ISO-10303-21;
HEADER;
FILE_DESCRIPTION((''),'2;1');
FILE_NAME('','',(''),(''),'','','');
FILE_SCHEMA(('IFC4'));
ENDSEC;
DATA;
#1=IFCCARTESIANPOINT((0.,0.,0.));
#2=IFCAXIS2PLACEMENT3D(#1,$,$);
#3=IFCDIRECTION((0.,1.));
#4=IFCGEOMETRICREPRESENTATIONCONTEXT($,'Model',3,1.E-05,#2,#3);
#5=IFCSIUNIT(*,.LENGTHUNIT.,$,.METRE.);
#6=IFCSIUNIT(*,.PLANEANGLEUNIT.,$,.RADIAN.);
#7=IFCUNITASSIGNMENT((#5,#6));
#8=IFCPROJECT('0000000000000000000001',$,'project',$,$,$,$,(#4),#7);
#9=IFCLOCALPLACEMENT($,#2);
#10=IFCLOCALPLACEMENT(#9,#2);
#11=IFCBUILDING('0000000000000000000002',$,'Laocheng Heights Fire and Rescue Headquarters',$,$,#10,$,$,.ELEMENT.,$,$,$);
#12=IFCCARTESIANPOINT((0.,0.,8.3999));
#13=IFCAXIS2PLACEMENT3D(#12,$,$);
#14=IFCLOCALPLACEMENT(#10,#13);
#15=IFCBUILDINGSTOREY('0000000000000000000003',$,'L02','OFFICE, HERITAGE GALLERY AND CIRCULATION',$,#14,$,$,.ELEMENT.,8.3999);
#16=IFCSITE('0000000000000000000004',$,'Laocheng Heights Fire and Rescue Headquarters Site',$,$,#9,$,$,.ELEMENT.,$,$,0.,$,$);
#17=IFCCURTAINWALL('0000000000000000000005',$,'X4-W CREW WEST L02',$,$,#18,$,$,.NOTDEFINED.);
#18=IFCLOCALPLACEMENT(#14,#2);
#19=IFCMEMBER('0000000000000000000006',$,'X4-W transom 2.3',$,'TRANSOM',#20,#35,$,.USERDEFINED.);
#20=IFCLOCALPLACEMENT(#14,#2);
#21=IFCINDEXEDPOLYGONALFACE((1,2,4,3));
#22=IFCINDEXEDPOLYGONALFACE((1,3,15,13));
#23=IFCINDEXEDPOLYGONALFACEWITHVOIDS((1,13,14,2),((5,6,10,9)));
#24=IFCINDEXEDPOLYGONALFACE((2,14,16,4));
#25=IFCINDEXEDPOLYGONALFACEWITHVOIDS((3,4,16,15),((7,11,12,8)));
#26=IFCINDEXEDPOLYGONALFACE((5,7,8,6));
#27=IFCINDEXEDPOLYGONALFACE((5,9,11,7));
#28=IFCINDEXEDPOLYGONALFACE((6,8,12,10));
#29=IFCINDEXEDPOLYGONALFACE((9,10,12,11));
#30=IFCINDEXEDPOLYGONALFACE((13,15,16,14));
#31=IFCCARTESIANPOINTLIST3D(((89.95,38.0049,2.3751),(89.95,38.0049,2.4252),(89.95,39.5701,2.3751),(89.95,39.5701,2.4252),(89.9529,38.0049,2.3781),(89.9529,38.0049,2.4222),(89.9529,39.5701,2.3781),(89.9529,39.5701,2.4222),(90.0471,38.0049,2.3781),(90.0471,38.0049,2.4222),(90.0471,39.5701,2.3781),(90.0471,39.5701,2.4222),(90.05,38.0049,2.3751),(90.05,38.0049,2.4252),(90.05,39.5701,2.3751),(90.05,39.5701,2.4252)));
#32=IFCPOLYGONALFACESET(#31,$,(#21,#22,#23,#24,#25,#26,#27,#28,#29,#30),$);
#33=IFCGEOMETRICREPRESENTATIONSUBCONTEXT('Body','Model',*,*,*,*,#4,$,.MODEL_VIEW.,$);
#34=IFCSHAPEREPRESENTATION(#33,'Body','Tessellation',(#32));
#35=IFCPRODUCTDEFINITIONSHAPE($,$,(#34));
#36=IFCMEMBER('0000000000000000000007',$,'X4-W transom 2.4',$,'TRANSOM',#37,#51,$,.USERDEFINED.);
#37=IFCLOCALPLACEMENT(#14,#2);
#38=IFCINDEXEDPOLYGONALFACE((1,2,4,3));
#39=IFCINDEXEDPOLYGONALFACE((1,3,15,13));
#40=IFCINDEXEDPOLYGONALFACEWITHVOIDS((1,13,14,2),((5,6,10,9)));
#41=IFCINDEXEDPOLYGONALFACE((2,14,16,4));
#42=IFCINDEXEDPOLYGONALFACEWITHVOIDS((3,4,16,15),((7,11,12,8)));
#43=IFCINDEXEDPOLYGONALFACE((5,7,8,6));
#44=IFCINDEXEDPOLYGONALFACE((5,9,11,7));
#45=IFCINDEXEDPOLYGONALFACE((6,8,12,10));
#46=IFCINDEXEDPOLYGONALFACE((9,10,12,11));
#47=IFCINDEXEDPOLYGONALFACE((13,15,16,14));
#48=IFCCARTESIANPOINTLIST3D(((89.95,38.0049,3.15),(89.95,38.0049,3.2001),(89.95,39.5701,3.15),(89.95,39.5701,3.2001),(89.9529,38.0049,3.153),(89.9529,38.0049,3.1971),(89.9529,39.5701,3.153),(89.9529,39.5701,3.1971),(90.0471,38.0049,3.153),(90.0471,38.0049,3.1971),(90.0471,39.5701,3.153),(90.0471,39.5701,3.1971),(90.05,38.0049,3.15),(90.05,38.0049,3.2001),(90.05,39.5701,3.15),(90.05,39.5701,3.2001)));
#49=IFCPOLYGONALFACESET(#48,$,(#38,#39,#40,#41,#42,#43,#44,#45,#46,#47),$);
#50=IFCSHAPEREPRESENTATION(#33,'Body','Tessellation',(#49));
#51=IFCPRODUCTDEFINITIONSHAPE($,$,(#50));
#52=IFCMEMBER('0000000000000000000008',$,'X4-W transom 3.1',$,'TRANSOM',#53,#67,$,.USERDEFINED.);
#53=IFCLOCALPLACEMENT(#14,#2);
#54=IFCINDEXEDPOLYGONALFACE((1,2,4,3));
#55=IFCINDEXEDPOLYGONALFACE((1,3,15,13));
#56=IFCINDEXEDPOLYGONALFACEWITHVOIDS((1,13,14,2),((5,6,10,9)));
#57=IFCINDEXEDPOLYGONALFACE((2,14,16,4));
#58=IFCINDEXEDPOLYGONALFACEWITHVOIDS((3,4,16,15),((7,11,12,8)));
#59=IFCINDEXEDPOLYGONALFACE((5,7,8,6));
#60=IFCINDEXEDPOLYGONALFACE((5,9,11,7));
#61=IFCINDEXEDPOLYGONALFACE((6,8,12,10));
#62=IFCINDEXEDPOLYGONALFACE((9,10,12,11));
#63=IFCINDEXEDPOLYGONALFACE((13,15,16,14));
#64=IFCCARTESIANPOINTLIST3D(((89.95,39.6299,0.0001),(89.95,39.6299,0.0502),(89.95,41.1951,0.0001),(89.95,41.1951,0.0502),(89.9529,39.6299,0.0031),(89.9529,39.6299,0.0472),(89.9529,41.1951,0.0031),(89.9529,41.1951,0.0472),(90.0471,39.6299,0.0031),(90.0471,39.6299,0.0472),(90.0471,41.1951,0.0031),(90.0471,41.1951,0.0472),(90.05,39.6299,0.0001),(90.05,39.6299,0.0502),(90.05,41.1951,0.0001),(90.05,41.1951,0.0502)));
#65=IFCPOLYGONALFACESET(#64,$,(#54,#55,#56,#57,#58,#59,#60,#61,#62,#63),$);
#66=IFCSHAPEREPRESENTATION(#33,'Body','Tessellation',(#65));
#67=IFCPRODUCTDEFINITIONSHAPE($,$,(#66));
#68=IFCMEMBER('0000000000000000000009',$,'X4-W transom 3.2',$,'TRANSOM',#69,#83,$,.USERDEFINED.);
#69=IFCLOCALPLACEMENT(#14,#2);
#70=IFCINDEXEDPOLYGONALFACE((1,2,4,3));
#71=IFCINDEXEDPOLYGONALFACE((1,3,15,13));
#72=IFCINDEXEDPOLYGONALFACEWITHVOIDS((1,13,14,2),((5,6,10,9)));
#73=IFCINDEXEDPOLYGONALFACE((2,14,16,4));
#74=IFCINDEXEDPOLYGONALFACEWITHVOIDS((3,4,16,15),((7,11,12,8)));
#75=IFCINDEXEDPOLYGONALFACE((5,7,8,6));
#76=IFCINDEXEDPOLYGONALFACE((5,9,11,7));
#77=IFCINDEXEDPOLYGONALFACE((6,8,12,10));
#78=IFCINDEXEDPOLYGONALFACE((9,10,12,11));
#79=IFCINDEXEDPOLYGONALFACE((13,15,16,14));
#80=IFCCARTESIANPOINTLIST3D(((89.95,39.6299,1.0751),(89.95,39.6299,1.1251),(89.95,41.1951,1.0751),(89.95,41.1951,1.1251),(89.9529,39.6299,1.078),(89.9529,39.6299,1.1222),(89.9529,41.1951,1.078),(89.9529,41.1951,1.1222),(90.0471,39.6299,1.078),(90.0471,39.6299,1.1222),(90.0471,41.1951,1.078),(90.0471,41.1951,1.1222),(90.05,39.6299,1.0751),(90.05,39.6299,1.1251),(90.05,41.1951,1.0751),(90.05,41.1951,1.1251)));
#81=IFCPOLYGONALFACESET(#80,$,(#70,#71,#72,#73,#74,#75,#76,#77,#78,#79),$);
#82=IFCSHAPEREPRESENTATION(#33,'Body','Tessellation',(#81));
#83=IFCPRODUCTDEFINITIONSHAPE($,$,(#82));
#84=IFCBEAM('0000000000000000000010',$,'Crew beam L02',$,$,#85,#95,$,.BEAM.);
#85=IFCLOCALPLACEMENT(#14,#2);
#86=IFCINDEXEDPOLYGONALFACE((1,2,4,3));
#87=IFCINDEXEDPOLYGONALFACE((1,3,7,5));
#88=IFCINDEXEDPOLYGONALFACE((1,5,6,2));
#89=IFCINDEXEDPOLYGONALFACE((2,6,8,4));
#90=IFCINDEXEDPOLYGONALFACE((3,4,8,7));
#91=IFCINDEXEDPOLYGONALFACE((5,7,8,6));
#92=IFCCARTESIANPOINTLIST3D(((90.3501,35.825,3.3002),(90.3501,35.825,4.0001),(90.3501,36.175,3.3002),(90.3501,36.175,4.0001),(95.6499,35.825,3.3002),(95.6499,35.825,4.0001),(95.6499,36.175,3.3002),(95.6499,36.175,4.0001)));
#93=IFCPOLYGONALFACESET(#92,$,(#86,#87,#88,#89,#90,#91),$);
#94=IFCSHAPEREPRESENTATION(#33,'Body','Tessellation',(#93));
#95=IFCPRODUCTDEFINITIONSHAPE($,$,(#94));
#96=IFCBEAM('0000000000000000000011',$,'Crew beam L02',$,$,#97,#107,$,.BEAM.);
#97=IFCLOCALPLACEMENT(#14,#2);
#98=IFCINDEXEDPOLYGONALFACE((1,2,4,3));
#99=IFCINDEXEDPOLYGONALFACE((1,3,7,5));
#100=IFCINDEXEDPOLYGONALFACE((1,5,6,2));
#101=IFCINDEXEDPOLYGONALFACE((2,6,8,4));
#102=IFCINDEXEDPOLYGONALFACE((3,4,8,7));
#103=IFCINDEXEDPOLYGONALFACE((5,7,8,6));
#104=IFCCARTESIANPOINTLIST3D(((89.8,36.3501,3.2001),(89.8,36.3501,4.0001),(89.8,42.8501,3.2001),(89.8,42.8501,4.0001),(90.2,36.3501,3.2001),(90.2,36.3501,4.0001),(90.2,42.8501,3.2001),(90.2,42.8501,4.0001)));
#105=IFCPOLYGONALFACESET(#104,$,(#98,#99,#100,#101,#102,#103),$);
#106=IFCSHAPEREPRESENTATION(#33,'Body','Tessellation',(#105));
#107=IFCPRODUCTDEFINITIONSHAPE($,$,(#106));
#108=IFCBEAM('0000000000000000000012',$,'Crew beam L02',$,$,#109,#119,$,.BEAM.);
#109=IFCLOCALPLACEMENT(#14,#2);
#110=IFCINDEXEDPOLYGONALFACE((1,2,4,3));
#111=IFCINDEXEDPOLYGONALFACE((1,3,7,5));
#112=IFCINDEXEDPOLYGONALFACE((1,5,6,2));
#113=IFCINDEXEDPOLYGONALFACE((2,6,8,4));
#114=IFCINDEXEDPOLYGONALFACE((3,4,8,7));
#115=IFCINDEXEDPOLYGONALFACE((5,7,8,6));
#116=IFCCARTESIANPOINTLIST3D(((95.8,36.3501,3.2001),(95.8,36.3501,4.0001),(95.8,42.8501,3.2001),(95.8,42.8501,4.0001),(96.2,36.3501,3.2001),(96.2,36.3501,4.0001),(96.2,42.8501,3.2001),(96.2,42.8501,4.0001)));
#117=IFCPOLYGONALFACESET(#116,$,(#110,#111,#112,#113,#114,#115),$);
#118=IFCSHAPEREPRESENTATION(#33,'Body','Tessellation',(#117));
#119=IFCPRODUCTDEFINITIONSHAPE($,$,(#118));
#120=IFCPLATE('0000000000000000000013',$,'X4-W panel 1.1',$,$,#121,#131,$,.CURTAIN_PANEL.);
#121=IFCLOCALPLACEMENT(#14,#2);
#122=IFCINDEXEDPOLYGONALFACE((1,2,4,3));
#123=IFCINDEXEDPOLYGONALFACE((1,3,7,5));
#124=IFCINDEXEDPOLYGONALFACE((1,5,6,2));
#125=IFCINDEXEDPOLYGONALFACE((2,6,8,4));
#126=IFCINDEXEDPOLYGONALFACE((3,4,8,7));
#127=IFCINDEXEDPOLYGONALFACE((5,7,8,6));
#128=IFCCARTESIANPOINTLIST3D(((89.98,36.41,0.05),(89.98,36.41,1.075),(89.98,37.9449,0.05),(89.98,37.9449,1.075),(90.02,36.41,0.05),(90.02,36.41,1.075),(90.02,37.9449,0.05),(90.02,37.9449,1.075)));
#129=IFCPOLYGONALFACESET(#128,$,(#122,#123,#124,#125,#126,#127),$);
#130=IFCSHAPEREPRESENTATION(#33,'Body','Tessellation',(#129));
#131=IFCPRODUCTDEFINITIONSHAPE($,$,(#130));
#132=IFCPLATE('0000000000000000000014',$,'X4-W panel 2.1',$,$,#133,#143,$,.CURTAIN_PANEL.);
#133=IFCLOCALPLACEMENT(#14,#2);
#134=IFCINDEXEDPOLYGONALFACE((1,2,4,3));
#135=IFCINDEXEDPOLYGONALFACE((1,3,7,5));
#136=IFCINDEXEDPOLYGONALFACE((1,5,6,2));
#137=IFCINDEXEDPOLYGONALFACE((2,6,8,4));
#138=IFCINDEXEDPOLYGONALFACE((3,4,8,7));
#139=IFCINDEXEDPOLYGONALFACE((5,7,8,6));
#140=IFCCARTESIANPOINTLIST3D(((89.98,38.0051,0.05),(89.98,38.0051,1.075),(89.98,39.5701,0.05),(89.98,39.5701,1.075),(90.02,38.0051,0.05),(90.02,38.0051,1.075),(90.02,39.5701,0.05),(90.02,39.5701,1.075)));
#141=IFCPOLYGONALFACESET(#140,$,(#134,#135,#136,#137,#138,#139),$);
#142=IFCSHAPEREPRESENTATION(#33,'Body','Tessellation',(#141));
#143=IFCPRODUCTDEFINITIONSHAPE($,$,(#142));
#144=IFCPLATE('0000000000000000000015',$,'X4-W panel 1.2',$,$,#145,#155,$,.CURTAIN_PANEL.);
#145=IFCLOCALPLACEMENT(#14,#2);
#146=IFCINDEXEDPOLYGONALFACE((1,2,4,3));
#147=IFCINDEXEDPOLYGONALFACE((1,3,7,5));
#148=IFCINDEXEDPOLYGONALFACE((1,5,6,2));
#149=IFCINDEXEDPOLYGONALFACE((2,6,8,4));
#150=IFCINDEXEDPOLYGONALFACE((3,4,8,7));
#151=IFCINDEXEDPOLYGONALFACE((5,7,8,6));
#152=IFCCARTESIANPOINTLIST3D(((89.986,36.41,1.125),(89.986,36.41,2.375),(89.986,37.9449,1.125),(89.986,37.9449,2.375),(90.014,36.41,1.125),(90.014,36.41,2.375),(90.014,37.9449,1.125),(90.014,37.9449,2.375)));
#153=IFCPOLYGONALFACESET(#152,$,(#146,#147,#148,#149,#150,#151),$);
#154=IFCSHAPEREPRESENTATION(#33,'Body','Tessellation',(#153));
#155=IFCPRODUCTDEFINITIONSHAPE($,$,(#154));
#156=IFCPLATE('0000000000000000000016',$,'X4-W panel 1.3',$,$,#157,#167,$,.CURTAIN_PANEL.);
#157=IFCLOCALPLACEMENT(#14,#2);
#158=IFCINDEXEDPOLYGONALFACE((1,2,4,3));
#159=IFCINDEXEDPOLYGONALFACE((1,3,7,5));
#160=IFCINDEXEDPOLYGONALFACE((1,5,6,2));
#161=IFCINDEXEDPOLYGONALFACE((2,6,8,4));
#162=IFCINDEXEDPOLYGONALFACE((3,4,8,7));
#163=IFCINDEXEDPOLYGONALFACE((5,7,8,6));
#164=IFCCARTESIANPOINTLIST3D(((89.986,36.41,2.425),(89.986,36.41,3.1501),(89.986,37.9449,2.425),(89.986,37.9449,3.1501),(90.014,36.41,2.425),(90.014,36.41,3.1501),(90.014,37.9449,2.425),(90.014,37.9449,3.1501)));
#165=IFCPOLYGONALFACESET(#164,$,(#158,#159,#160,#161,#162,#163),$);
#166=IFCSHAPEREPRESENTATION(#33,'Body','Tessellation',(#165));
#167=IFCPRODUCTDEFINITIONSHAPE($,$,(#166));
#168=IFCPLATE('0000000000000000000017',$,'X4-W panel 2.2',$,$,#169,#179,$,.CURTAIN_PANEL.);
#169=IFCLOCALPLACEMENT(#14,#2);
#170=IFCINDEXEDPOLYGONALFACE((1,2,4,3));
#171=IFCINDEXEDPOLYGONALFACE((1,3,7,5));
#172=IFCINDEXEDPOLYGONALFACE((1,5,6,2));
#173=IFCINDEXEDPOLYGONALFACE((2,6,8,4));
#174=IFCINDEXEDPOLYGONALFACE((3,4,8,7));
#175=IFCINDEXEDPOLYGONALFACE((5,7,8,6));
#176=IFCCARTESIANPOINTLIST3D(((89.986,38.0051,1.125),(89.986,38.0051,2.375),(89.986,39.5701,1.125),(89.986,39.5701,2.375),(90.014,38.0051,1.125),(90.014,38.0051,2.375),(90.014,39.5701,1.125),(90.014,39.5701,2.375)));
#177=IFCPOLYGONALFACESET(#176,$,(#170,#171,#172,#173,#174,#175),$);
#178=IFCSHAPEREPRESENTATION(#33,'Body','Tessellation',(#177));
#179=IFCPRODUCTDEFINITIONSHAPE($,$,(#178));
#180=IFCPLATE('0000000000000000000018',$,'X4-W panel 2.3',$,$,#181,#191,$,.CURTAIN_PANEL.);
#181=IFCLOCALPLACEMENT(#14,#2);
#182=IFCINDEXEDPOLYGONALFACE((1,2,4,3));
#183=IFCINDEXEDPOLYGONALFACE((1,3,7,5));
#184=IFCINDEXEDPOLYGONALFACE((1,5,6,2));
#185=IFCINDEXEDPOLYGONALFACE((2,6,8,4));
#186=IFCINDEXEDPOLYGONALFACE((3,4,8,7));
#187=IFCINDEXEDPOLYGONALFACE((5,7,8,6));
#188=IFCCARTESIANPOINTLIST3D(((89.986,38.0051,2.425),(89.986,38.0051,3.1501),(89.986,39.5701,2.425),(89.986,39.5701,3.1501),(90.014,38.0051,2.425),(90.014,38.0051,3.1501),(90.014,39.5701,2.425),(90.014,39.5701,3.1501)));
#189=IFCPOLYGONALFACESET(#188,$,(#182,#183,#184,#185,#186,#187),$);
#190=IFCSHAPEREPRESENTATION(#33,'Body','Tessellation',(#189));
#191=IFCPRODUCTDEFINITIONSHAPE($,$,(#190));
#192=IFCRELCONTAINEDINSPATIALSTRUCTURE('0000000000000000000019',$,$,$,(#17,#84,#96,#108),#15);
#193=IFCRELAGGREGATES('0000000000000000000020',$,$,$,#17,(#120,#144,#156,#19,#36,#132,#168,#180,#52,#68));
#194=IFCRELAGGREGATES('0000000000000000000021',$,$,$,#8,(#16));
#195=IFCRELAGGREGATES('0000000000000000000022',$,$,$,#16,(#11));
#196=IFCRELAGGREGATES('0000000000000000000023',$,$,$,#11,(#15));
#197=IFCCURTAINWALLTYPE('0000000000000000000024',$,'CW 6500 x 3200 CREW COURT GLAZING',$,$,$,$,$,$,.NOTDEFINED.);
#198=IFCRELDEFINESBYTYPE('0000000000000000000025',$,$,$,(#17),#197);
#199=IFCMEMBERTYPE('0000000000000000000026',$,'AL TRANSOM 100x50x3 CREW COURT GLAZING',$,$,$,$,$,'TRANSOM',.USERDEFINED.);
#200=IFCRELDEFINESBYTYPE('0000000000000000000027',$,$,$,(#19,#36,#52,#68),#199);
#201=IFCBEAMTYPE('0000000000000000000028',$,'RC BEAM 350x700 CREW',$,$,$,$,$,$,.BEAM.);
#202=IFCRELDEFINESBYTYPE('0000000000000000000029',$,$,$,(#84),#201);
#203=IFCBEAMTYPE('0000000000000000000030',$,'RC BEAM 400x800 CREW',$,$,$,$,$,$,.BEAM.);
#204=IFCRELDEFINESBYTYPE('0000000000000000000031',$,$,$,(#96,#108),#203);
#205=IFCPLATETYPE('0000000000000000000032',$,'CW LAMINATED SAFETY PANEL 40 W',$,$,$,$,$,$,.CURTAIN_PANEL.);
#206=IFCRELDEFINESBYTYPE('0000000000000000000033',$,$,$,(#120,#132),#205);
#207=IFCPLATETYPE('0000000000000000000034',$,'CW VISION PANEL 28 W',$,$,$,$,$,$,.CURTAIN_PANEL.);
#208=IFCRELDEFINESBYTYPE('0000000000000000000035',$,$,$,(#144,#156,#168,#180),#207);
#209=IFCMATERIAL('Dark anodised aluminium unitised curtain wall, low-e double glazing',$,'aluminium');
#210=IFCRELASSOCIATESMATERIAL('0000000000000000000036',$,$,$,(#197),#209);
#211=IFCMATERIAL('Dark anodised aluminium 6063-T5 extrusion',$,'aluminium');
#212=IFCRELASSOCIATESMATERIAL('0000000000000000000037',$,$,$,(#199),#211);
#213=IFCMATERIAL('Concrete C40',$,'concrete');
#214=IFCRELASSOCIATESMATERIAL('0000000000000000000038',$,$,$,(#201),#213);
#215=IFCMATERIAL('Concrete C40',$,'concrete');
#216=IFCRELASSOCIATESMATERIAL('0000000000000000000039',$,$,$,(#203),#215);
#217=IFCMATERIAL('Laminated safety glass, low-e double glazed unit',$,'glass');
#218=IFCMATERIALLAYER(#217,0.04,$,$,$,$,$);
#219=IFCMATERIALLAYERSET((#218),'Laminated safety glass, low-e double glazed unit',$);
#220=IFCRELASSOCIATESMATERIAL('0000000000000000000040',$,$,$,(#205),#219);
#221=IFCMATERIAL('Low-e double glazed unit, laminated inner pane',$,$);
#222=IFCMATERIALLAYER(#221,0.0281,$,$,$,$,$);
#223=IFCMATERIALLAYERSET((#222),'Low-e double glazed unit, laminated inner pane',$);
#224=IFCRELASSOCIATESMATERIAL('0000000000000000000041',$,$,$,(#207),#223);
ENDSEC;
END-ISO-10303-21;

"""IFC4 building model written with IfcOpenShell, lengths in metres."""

from ifc_helpers import new_model, si_unit, direction, frame, origin, origin_2d, place, context, subcontext, project, spatial, rectangle, hollow_rectangle, extrude, material, layer, layer_set, material_profile, profile_set, type_object, element, aggregate, save


model = new_model("IFC4")

# Units and contexts
model_context = context("Model", 3, precision=1e-05, world=origin(), true_north=direction((0.0, 1.0)))
body_context = subcontext(model_context, "Body", "Model", "MODEL_VIEW")
ifc_project = project(units=[si_unit("LENGTHUNIT", "METRE"), si_unit("PLANEANGLEUNIT", "RADIAN")], contexts=[model_context])

# Site, building, storey
site_placement = place(None, origin())
site = spatial("IfcSite", under=ifc_project, at=site_placement, Name="Laocheng Heights Fire and Rescue Headquarters Site", CompositionType="ELEMENT", RefElevation=0.0)
building_placement = place(site_placement, origin())
building = spatial("IfcBuilding", under=site, at=building_placement, Name="Laocheng Heights Fire and Rescue Headquarters", CompositionType="ELEMENT")
storey_placement = place(building_placement, frame((0.0, 0.0, 8.3999)))
storey = spatial("IfcBuildingStorey", under=building, at=storey_placement, Name="L02", Description="OFFICE, HERITAGE GALLERY AND CIRCULATION", CompositionType="ELEMENT", Elevation=8.3999)

# Curtain wall, members
ifc_material_1 = material(Name="Dark anodised aluminium unitised curtain wall, low-e double glazing", Category="aluminium")
curtain_wall_type = type_object("IfcCurtainWallType", Name="CW 6500 x 3200 CREW COURT GLAZING", PredefinedType="NOTDEFINED", material=ifc_material_1)
curtain_wall_placement = place(storey_placement, origin())
curtain_wall = element("IfcCurtainWall", 1, at=curtain_wall_placement, inside=storey, type_object=curtain_wall_type, Name="X4-W CREW WEST L02", PredefinedType="NOTDEFINED")
ifc_material_2 = material(Name="Dark anodised aluminium 6063-T5 extrusion", Category="aluminium")
ifc_material_profile_1 = material_profile(ifc_material_2, hollow_rectangle(XDim=0.1001, YDim=0.05, WallThickness=0.0029, at=origin_2d()), Name="AL TRANSOM 100x50x3 CREW COURT GLAZING")
ifc_profile_set_1 = profile_set([ifc_material_profile_1], Name="Dark anodised aluminium 6063-T5 extrusion")
member_type_1 = type_object("IfcMemberType", Name="AL TRANSOM 100x50x3 CREW COURT GLAZING", ElementType="TRANSOM", PredefinedType="USERDEFINED", material=ifc_profile_set_1)
member_1_placement = place(storey_placement, frame((90.0, 38.0049, 2.4001), z_axis=(0.0, 1.0, 0.0), x_axis=(-1.0, 0.0, 0.0)))
member_1 = element("IfcMember", 2, at=member_1_placement, type_object=member_type_1, Name="X4-W transom 2.3", ObjectType="TRANSOM", PredefinedType="USERDEFINED", context=body_context, shape_type="SweptSolid", body=[
    extrude(hollow_rectangle(XDim=0.1001, YDim=0.05, WallThickness=0.0029, at=origin_2d()), origin(), (0.0, 0.0, 1.0), 1.5652),
])
member_2_placement = place(storey_placement, frame((90.0, 38.0049, 3.175), z_axis=(0.0, 1.0, 0.0), x_axis=(-1.0, 0.0, 0.0)))
member_2 = element("IfcMember", 3, at=member_2_placement, type_object=member_type_1, Name="X4-W transom 2.4", ObjectType="TRANSOM", PredefinedType="USERDEFINED", context=body_context, shape_type="SweptSolid", body=[
    extrude(hollow_rectangle(XDim=0.1001, YDim=0.05, WallThickness=0.0029, at=origin_2d()), origin(), (0.0, 0.0, 1.0), 1.5652),
])
member_3_placement = place(storey_placement, frame((90.0, 39.6299, 0.0251), z_axis=(0.0, 1.0, 0.0), x_axis=(-1.0, 0.0, 0.0)))
member_3 = element("IfcMember", 4, at=member_3_placement, type_object=member_type_1, Name="X4-W transom 3.1", ObjectType="TRANSOM", PredefinedType="USERDEFINED", context=body_context, shape_type="SweptSolid", body=[
    extrude(hollow_rectangle(XDim=0.1001, YDim=0.05, WallThickness=0.0029, at=origin_2d()), origin(), (0.0, 0.0, 1.0), 1.5652),
])
member_4_placement = place(storey_placement, frame((90.0, 39.6299, 1.1001), z_axis=(0.0, 1.0, 0.0), x_axis=(-1.0, 0.0, 0.0)))
member_4 = element("IfcMember", 5, at=member_4_placement, type_object=member_type_1, Name="X4-W transom 3.2", ObjectType="TRANSOM", PredefinedType="USERDEFINED", context=body_context, shape_type="SweptSolid", body=[
    extrude(hollow_rectangle(XDim=0.1001, YDim=0.05, WallThickness=0.0029, at=origin_2d()), origin(), (0.0, 0.0, 1.0), 1.5652),
])

# Beams
ifc_material_3 = material(Name="Concrete C40", Category="concrete")
ifc_material_profile_2 = material_profile(ifc_material_3, rectangle(XDim=0.3501, YDim=0.7, at=origin_2d()), Name="RC BEAM 350x700 CREW")
ifc_profile_set_2 = profile_set([ifc_material_profile_2], Name="Concrete C40")
beam_type_1 = type_object("IfcBeamType", Name="RC BEAM 350x700 CREW", PredefinedType="BEAM", material=ifc_profile_set_2)
beam_placement = place(storey_placement, frame((90.3501, 36.0, 3.6501), z_axis=(1.0, 0.0, 0.0), x_axis=(0.0, 1.0, 0.0)))
element("IfcBeam", 6, at=beam_placement, inside=storey, type_object=beam_type_1, Name="Crew beam L02", PredefinedType="BEAM", context=body_context, shape_type="SweptSolid", body=[
    extrude(rectangle(XDim=0.3501, YDim=0.7, at=origin_2d()), origin(), (0.0, 0.0, 1.0), 5.2998),
])
ifc_material_4 = material(Name="Concrete C40", Category="concrete")
ifc_material_profile_3 = material_profile(ifc_material_4, rectangle(XDim=0.3999, YDim=0.8, at=origin_2d()), Name="RC BEAM 400x800 CREW")
ifc_profile_set_3 = profile_set([ifc_material_profile_3], Name="Concrete C40")
beam_type_2 = type_object("IfcBeamType", Name="RC BEAM 400x800 CREW", PredefinedType="BEAM", material=ifc_profile_set_3)
for number, where, z_axis, x_axis, name in (
    (7, (90.0, 36.3501, 3.6001), (0.0, 1.0, 0.0), (-1.0, 0.0, 0.0), "Crew beam L02"),
    (8, (96.0, 36.3501, 3.6001), (0.0, 1.0, 0.0), (-1.0, 0.0, 0.0), "Crew beam L02"),
):
    element("IfcBeam", number, at=place(storey_placement, frame(where, z_axis=z_axis, x_axis=x_axis)), inside=storey, type_object=beam_type_2, Name=name, PredefinedType="BEAM", context=body_context, shape_type="SweptSolid", body=[
        extrude(rectangle(XDim=0.3999, YDim=0.8, at=origin_2d()), origin(), (0.0, 0.0, 1.0), 6.5),
    ])

# Plates
ifc_material_5 = material(Name="Laminated safety glass, low-e double glazed unit", Category="glass")
ifc_layer_1 = layer(ifc_material_5, 0.04)
ifc_layer_set_1 = layer_set([ifc_layer_1], Name="Laminated safety glass, low-e double glazed unit")
plate_type_1 = type_object("IfcPlateType", Name="CW LAMINATED SAFETY PANEL 40 W", PredefinedType="CURTAIN_PANEL", material=ifc_layer_set_1)
plate_1_placement = place(storey_placement, frame((90.0, 37.1775, 0.05), z_axis=(0.0, 0.0, 1.0), x_axis=(0.0, 1.0, 0.0)))
plate_1 = element("IfcPlate", 9, at=plate_1_placement, type_object=plate_type_1, Name="X4-W panel 1.1", PredefinedType="CURTAIN_PANEL", context=body_context, shape_type="SweptSolid", body=[
    extrude(rectangle(XDim=1.5349, YDim=0.04, at=origin_2d()), origin(), (0.0, 0.0, 1.0), 1.0249),
])
plate_2_placement = place(storey_placement, frame((90.0, 38.7876, 0.05), z_axis=(0.0, 0.0, 1.0), x_axis=(0.0, 1.0, 0.0)))
plate_2 = element("IfcPlate", 10, at=plate_2_placement, type_object=plate_type_1, Name="X4-W panel 2.1", PredefinedType="CURTAIN_PANEL", context=body_context, shape_type="SweptSolid", body=[
    extrude(rectangle(XDim=1.5649, YDim=0.04, at=origin_2d()), origin(), (0.0, 0.0, 1.0), 1.0249),
])
ifc_material_6 = material(Name="Low-e double glazed unit, laminated inner pane")
ifc_layer_2 = layer(ifc_material_6, 0.0281)
ifc_layer_set_2 = layer_set([ifc_layer_2], Name="Low-e double glazed unit, laminated inner pane")
plate_type_2 = type_object("IfcPlateType", Name="CW VISION PANEL 28 W", PredefinedType="CURTAIN_PANEL", material=ifc_layer_set_2)
plate_3_placement = place(storey_placement, frame((90.0, 37.1775, 1.125), z_axis=(0.0, 0.0, 1.0), x_axis=(0.0, 1.0, 0.0)))
plate_3 = element("IfcPlate", 11, at=plate_3_placement, type_object=plate_type_2, Name="X4-W panel 1.2", PredefinedType="CURTAIN_PANEL", context=body_context, shape_type="SweptSolid", body=[
    extrude(rectangle(XDim=1.5349, YDim=0.0281, at=origin_2d()), origin(), (0.0, 0.0, 1.0), 1.25),
])
plate_4_placement = place(storey_placement, frame((90.0, 37.1775, 2.425), z_axis=(0.0, 0.0, 1.0), x_axis=(0.0, 1.0, 0.0)))
plate_4 = element("IfcPlate", 12, at=plate_4_placement, type_object=plate_type_2, Name="X4-W panel 1.3", PredefinedType="CURTAIN_PANEL", context=body_context, shape_type="SweptSolid", body=[
    extrude(rectangle(XDim=1.5349, YDim=0.0281, at=origin_2d()), origin(), (0.0, 0.0, 1.0), 0.7251),
])
plate_5_placement = place(storey_placement, frame((90.0, 38.7876, 1.125), z_axis=(0.0, 0.0, 1.0), x_axis=(0.0, 1.0, 0.0)))
plate_5 = element("IfcPlate", 13, at=plate_5_placement, type_object=plate_type_2, Name="X4-W panel 2.2", PredefinedType="CURTAIN_PANEL", context=body_context, shape_type="SweptSolid", body=[
    extrude(rectangle(XDim=1.5649, YDim=0.0281, at=origin_2d()), origin(), (0.0, 0.0, 1.0), 1.25),
])
plate_6_placement = place(storey_placement, frame((90.0, 38.7876, 2.425), z_axis=(0.0, 0.0, 1.0), x_axis=(0.0, 1.0, 0.0)))
plate_6 = element("IfcPlate", 14, at=plate_6_placement, type_object=plate_type_2, Name="X4-W panel 2.3", PredefinedType="CURTAIN_PANEL", context=body_context, shape_type="SweptSolid", body=[
    extrude(rectangle(XDim=1.5649, YDim=0.0281, at=origin_2d()), origin(), (0.0, 0.0, 1.0), 0.7251),
])
aggregate(curtain_wall, [plate_1, plate_3, plate_4, member_1, member_2, plate_2, plate_5, plate_6, member_3, member_4])

save(model, "model.ifc")
